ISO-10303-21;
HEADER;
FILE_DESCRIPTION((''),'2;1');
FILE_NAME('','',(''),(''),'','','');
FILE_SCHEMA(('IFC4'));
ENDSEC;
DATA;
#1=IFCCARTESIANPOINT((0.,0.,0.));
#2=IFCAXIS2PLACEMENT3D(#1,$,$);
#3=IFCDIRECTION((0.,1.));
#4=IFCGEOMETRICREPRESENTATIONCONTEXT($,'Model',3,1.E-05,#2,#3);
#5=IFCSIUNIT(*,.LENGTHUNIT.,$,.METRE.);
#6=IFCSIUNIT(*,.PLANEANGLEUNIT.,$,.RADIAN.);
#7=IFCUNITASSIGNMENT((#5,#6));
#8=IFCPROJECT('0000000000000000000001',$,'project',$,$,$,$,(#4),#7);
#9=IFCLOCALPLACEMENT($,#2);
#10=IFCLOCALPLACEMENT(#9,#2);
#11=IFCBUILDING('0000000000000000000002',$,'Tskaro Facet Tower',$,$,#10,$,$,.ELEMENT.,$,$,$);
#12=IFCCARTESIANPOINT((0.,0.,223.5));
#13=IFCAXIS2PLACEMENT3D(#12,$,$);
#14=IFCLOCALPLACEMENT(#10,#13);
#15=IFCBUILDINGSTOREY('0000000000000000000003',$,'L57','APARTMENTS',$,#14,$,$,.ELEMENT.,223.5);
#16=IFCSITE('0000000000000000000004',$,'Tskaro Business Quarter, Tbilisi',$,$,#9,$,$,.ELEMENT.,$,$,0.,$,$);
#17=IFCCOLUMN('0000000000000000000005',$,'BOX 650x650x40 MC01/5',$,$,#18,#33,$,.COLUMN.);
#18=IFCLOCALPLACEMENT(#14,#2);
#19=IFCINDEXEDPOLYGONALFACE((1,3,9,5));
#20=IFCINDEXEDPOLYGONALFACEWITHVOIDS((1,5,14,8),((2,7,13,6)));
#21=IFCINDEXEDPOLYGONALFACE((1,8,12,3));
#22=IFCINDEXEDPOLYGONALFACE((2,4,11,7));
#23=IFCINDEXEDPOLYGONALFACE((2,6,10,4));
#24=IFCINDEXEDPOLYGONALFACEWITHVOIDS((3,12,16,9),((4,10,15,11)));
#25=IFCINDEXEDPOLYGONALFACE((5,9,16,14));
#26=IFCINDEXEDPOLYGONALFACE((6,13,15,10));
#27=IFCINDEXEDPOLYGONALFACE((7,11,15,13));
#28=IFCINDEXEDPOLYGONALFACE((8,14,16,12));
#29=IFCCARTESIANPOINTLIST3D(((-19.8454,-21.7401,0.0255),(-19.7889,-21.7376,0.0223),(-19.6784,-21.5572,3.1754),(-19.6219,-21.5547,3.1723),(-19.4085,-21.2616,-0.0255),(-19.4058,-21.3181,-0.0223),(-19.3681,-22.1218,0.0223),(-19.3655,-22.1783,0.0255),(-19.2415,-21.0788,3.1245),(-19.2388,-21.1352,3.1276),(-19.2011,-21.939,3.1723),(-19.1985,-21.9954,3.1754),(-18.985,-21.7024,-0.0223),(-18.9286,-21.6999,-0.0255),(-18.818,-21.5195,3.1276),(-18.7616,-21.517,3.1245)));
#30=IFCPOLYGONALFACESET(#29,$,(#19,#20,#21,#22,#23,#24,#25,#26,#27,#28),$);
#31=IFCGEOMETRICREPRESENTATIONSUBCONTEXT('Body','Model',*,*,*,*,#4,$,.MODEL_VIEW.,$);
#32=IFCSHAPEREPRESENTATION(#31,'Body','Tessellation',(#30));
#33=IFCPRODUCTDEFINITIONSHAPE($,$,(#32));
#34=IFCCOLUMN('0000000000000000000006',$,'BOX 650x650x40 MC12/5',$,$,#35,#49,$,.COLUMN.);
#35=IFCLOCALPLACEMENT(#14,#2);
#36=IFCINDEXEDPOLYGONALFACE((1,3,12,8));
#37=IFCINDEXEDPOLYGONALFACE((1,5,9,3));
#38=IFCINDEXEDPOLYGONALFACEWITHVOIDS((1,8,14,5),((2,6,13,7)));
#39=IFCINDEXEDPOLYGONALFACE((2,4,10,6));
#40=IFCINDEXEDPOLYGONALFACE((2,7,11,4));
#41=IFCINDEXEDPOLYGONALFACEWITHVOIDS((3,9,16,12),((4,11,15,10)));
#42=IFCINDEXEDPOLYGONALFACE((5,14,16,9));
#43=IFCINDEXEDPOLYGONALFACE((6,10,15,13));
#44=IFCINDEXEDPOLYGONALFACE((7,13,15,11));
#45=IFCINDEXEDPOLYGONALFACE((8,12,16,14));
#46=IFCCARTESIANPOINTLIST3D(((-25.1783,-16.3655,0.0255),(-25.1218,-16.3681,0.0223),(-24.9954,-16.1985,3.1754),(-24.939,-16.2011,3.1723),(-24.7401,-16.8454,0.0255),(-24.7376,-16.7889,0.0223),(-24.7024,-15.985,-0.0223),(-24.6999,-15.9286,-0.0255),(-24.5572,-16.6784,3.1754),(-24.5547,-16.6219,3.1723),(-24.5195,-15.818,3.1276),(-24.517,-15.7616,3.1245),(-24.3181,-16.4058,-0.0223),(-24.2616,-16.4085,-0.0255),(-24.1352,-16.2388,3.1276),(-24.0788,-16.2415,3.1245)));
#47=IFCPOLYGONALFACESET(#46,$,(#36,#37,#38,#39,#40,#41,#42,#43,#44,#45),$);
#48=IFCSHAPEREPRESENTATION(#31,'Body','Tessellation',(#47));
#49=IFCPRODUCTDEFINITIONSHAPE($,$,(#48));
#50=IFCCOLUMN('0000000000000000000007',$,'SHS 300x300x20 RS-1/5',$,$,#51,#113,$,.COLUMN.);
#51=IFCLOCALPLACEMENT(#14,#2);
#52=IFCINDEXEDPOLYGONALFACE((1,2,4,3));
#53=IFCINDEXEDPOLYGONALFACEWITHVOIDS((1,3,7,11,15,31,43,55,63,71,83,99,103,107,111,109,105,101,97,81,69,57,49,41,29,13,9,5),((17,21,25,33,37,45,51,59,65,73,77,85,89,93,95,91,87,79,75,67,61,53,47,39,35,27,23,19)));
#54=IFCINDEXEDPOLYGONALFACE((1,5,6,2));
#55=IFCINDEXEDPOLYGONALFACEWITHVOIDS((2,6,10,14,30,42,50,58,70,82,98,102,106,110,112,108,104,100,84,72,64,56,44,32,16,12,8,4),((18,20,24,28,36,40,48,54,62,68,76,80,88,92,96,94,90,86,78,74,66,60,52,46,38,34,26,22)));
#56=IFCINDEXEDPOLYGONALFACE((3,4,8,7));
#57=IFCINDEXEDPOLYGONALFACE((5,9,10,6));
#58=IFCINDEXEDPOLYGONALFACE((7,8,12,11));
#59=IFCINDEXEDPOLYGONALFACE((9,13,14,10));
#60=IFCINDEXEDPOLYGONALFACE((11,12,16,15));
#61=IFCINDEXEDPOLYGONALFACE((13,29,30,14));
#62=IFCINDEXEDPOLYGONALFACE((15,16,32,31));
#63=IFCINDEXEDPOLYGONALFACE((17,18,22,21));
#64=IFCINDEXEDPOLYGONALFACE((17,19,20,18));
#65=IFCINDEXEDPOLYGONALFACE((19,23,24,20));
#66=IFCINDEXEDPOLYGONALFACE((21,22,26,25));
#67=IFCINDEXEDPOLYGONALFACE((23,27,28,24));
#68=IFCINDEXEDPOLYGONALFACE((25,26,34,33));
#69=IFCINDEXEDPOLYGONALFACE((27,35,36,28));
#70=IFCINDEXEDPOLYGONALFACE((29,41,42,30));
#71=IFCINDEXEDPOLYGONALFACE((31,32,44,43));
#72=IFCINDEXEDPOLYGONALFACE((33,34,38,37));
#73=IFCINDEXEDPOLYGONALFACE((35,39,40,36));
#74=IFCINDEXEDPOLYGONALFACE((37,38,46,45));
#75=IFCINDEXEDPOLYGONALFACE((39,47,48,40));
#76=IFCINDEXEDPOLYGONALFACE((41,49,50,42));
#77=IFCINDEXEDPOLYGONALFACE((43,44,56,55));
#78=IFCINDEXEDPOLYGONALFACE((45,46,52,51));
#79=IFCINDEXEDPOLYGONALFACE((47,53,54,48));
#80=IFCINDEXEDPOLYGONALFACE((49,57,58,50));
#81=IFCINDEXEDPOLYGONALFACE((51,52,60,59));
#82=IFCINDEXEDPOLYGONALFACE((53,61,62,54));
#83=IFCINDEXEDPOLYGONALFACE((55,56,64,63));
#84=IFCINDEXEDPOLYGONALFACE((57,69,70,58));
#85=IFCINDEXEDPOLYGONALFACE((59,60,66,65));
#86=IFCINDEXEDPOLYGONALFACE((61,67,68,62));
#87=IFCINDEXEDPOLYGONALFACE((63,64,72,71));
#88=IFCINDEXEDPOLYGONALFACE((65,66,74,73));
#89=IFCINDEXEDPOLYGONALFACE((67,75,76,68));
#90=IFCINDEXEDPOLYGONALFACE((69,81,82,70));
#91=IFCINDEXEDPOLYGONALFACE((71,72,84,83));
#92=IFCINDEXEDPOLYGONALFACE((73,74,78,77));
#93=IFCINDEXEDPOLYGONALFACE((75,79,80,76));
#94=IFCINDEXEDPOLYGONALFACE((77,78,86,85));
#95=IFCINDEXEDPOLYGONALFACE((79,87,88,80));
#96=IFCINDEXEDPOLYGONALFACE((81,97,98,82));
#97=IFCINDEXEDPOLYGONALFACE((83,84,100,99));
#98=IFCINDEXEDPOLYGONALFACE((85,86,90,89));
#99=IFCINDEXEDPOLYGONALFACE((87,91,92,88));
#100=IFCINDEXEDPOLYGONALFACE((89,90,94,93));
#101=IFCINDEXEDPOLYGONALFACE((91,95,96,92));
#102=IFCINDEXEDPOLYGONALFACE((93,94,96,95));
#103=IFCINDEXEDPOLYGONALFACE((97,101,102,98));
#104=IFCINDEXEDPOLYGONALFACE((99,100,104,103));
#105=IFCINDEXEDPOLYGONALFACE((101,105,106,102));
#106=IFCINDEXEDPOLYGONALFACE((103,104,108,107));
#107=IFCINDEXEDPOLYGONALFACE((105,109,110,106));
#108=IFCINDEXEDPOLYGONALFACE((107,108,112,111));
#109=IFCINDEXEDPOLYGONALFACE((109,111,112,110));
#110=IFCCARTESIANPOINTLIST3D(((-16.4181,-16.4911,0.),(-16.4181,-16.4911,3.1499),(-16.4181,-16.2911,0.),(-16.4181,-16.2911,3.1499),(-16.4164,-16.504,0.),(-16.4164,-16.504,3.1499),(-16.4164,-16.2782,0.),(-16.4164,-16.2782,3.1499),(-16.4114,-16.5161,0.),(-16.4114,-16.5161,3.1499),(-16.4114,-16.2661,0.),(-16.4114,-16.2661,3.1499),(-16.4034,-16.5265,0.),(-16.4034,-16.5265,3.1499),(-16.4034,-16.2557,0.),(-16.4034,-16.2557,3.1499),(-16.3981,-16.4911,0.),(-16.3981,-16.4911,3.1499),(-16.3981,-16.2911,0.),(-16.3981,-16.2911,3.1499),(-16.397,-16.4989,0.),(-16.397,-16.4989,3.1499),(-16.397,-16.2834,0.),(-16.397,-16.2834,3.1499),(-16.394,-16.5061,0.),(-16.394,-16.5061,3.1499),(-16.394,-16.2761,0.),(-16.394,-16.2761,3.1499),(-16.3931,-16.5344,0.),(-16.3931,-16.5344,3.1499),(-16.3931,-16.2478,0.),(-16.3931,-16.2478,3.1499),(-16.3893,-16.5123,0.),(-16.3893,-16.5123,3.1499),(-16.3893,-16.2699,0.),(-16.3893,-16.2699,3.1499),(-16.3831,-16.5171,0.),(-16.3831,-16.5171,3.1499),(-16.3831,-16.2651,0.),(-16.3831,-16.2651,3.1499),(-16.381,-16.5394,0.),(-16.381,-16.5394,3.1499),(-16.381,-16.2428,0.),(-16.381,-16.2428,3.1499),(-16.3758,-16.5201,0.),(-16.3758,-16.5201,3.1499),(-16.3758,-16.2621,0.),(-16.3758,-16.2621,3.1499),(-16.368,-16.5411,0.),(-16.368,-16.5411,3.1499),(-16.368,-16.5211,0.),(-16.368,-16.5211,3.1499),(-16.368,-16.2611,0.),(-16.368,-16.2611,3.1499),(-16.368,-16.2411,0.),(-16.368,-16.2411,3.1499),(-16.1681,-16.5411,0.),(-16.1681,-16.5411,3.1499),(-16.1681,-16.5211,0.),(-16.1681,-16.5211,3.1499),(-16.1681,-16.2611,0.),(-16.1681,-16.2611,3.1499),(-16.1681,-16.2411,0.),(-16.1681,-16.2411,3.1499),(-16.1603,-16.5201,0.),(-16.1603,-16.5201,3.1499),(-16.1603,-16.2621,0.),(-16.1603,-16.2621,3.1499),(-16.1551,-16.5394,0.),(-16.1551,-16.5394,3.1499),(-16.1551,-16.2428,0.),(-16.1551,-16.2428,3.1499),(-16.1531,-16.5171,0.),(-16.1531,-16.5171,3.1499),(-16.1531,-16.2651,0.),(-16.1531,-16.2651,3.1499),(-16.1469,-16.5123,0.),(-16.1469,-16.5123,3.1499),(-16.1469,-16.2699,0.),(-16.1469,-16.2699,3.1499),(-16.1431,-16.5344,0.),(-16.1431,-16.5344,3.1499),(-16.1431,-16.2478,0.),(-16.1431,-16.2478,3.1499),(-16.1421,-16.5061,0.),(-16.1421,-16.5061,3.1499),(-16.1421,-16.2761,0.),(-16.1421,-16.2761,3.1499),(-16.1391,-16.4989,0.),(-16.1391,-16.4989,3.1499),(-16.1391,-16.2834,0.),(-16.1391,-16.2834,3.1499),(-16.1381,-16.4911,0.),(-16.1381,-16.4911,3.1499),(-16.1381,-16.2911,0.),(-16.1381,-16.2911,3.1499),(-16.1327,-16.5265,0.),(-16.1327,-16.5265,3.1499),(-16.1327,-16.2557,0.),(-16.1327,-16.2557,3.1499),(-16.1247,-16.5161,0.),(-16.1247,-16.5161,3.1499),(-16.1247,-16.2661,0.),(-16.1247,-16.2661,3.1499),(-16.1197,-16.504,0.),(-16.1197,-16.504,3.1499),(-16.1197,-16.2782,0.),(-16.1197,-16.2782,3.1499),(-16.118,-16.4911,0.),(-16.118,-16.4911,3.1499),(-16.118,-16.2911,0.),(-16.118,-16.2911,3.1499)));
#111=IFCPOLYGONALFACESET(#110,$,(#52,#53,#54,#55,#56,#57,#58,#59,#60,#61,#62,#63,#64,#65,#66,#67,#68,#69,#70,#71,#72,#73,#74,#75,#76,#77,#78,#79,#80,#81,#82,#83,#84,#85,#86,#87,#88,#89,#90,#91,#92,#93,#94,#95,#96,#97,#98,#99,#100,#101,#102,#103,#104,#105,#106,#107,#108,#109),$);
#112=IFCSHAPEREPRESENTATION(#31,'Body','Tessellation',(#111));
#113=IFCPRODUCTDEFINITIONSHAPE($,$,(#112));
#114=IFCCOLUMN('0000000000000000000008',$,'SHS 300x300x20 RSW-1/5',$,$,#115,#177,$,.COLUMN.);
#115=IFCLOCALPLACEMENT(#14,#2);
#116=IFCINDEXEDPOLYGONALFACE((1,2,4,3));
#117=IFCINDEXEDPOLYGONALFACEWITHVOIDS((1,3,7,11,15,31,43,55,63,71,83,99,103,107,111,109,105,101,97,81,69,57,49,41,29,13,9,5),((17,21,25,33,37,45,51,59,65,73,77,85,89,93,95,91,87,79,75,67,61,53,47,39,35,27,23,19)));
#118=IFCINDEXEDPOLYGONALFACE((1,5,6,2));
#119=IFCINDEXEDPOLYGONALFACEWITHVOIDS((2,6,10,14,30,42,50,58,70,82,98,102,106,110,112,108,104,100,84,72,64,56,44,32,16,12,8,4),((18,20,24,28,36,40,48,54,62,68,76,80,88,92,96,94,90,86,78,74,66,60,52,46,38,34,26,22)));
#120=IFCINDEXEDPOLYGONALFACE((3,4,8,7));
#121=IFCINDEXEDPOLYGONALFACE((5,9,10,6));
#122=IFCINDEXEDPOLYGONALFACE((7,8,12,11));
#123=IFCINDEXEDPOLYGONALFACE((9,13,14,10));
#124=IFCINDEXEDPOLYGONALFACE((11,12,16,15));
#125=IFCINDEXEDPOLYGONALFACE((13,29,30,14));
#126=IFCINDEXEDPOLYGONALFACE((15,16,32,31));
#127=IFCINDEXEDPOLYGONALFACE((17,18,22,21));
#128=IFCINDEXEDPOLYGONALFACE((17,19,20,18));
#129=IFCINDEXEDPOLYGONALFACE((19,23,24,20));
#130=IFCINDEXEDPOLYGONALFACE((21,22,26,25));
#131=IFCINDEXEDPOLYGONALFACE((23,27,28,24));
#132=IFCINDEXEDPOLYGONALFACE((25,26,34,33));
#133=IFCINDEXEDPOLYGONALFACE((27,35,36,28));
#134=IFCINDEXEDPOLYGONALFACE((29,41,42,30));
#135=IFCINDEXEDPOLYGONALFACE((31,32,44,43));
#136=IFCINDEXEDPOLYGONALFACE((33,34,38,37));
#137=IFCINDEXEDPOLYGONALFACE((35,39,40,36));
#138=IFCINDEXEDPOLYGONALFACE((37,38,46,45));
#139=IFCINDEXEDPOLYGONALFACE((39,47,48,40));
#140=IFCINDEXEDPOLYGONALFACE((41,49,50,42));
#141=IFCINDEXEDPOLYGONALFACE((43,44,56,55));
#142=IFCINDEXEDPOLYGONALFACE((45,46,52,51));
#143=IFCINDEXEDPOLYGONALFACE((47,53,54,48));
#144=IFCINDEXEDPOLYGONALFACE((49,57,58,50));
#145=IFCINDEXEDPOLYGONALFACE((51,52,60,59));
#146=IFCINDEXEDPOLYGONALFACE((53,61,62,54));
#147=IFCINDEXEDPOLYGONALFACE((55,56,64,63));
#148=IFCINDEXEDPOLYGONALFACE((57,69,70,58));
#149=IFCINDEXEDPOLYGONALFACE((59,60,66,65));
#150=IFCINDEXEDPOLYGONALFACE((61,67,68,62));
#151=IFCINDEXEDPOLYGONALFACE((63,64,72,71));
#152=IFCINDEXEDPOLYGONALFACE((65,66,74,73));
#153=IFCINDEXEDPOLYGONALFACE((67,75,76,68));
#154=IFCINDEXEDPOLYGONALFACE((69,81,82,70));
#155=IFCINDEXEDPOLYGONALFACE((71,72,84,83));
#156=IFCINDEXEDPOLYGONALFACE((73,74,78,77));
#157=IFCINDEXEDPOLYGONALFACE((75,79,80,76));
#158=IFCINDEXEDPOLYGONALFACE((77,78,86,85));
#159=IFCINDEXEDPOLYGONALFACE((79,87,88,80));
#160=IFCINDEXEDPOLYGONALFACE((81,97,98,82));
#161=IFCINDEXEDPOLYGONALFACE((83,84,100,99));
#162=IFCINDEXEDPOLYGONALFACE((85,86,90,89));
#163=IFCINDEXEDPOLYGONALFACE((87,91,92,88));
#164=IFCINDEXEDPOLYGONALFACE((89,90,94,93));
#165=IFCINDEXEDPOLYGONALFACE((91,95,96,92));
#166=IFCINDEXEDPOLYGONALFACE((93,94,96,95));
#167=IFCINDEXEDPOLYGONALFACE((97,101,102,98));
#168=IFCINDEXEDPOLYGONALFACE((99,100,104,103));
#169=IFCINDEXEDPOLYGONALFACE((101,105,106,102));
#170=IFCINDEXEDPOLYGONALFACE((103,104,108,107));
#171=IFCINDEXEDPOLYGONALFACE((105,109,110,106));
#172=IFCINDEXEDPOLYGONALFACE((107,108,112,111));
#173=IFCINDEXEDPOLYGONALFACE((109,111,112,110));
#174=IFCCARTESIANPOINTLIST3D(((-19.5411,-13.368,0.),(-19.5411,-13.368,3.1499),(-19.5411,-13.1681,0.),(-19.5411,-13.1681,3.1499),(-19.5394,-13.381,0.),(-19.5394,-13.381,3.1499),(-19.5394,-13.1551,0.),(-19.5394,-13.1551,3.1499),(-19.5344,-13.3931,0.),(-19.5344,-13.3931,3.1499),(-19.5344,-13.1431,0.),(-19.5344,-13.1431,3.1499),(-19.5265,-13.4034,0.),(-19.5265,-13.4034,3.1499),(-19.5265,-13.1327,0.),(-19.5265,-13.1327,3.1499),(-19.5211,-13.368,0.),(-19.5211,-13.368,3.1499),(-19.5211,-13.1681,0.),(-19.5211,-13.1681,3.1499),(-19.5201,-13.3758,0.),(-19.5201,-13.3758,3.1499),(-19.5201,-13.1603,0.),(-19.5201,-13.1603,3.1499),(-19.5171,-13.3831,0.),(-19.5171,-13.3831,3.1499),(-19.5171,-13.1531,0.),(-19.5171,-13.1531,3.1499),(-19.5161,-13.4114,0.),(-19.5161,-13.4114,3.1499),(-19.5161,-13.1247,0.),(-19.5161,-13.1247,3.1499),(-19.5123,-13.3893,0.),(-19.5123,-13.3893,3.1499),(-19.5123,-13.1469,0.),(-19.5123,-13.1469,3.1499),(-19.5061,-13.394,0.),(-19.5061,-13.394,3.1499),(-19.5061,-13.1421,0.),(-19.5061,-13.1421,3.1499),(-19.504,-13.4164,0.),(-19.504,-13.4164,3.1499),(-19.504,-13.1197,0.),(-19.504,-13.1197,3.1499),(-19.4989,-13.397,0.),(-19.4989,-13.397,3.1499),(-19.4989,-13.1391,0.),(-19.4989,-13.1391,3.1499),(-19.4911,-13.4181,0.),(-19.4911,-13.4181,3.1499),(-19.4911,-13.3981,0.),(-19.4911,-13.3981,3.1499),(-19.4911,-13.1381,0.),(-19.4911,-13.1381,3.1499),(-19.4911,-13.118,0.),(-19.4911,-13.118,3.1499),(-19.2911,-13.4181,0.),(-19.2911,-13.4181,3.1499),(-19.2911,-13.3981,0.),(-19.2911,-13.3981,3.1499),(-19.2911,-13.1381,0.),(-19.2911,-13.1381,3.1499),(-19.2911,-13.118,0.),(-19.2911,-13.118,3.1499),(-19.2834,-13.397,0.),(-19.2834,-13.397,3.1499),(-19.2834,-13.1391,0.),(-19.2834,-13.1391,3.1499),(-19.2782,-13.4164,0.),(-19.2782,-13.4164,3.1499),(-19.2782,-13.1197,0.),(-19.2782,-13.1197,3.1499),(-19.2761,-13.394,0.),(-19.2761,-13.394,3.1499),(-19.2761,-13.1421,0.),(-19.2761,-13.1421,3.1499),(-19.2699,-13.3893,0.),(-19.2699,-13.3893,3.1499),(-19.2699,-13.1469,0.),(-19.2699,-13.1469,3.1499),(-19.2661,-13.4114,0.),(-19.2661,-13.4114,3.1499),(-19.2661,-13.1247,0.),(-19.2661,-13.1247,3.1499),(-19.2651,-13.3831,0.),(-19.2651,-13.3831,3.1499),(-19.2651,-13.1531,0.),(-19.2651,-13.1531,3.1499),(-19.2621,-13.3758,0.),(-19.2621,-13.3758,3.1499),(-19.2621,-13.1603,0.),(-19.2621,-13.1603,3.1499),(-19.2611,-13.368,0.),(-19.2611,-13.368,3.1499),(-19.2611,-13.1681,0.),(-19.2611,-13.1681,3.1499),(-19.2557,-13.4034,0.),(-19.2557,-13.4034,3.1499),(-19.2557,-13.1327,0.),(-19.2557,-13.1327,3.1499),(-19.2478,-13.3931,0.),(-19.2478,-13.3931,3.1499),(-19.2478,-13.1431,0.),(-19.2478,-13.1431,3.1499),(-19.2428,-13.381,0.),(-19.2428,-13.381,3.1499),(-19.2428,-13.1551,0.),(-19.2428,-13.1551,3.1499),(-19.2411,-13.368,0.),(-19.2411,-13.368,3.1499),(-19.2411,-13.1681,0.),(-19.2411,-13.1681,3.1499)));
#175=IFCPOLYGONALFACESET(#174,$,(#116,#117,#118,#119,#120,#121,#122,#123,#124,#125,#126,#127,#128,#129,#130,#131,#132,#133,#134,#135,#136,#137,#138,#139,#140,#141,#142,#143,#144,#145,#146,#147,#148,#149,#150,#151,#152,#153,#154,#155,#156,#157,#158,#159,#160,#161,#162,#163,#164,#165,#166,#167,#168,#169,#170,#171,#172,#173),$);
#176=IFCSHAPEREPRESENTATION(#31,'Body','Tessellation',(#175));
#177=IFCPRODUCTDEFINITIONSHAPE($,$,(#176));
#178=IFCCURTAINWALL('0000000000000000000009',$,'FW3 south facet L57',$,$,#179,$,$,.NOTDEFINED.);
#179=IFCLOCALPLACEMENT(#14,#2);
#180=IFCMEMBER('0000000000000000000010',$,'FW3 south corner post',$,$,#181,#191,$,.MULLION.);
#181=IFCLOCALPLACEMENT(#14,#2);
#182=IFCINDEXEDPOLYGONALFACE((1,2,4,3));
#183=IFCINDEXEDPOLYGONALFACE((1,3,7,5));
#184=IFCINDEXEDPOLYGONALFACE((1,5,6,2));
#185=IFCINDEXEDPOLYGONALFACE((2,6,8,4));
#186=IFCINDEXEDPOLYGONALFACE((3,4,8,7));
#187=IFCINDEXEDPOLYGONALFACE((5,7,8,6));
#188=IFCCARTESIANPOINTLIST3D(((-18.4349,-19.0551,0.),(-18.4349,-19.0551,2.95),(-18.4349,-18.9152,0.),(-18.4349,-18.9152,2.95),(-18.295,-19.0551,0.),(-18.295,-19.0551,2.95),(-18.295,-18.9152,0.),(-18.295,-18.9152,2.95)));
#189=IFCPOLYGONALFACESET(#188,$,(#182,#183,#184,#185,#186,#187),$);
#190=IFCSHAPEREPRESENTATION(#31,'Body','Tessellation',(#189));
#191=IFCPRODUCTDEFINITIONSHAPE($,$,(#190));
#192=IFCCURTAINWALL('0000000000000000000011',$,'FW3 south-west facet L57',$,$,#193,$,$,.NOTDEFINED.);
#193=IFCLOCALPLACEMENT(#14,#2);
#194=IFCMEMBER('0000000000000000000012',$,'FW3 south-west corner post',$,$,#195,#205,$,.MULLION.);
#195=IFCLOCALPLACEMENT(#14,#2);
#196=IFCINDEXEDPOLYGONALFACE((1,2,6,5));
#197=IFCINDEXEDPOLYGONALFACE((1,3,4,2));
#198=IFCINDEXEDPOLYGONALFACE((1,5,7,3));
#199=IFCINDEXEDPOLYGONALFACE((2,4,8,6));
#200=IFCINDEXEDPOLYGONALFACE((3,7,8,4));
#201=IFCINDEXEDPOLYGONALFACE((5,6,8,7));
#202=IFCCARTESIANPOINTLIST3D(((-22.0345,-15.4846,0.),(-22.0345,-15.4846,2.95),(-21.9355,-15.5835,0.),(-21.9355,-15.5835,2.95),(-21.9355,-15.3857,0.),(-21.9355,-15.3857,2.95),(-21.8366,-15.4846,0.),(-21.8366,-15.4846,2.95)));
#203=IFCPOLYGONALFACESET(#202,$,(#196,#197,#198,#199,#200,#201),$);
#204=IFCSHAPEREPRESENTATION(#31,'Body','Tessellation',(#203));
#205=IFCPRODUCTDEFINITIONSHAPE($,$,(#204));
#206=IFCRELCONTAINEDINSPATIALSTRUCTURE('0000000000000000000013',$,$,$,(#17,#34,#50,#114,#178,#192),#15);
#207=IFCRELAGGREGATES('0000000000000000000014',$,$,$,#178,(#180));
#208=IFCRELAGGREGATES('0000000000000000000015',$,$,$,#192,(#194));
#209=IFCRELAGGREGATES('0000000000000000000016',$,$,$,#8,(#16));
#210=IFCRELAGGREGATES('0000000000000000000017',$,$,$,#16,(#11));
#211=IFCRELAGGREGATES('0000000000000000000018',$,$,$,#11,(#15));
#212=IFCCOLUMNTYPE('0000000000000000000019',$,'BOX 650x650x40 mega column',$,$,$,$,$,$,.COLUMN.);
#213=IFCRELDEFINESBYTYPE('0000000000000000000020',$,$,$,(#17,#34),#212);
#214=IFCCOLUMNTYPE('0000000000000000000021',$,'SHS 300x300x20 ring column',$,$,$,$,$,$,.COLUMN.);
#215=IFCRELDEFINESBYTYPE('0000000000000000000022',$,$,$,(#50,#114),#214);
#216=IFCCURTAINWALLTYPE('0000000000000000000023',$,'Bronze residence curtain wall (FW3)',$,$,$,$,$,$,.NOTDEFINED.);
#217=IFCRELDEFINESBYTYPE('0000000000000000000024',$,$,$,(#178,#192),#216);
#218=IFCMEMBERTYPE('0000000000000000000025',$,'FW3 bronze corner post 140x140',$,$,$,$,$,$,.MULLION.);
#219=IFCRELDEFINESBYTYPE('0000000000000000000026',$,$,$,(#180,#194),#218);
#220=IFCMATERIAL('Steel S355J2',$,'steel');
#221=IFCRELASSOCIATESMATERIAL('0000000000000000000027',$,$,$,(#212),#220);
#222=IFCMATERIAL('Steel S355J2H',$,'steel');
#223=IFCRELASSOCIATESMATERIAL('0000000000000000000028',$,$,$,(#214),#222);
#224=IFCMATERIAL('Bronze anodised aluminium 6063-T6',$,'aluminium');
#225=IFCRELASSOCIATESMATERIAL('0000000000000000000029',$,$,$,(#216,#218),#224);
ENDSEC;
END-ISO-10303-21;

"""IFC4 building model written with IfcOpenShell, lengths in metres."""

from ifc_helpers import new_model, si_unit, direction, frame, origin, origin_2d, place, context, subcontext, project, spatial, rectangle, hollow_rectangle, extrude, material, material_profile, profile_set, type_object, element, aggregate, save


model = new_model("IFC4")

# Units and contexts
model_context = context("Model", 3, precision=1e-05, world=origin(), true_north=direction((0.0, 1.0)))
body_context = subcontext(model_context, "Body", "Model", "MODEL_VIEW")
ifc_project = project(units=[si_unit("LENGTHUNIT", "METRE"), si_unit("PLANEANGLEUNIT", "RADIAN")], contexts=[model_context])

# Site, building, storey
site_placement = place(None, origin())
site = spatial("IfcSite", under=ifc_project, at=site_placement, Name="Tskaro Business Quarter, Tbilisi", CompositionType="ELEMENT", RefElevation=0.0)
building_placement = place(site_placement, origin())
building = spatial("IfcBuilding", under=site, at=building_placement, Name="Tskaro Facet Tower", CompositionType="ELEMENT")
storey_placement = place(building_placement, frame((0.0, 0.0, 223.5)))
storey = spatial("IfcBuildingStorey", under=building, at=storey_placement, Name="L57", Description="APARTMENTS", CompositionType="ELEMENT", Elevation=223.5)

# Columns
ifc_material_1 = material(Name="Steel S355J2", Category="steel")
ifc_material_profile_1 = material_profile(ifc_material_1, hollow_rectangle(XDim=0.6499, YDim=0.6499, WallThickness=0.04, at=origin_2d()), Name="BOX 650x650x40")
ifc_profile_set_1 = profile_set([ifc_material_profile_1], Name="Steel S355J2")
column_type_1 = type_object("IfcColumnType", Name="BOX 650x650x40 mega column", PredefinedType="COLUMN", material=ifc_profile_set_1)
for number, where, z_axis, x_axis, name in (
    (1, (-19.387, -21.72, 0.0), (0.052852, 0.057874, 0.996924), (-0.738421, 0.674339, 0.0), "BOX 650x650x40 MC01/5"),
    (2, (-24.72, -16.387, 0.0), (0.057874, 0.052852, 0.996924), (-0.674339, 0.738421, 0.0), "BOX 650x650x40 MC12/5"),
):
    element("IfcColumn", number, at=place(storey_placement, frame(where, z_axis=z_axis, x_axis=x_axis)), inside=storey, type_object=column_type_1, Name=name, PredefinedType="COLUMN", context=body_context, shape_type="SweptSolid", body=[
        extrude(hollow_rectangle(XDim=0.6499, YDim=0.6499, WallThickness=0.04, at=origin_2d()), origin(), (0.0, 0.0, 1.0), 3.1597),
    ])
ifc_material_2 = material(Name="Steel S355J2H", Category="steel")
ifc_material_profile_2 = material_profile(ifc_material_2, hollow_rectangle(XDim=0.3, YDim=0.3, WallThickness=0.02, InnerFilletRadius=0.03, OuterFilletRadius=0.05, at=origin_2d()), Name="SHS 300x300x20")
ifc_profile_set_2 = profile_set([ifc_material_profile_2], Name="Steel S355J2H")
column_type_2 = type_object("IfcColumnType", Name="SHS 300x300x20 ring column", PredefinedType="COLUMN", material=ifc_profile_set_2)
for number, where, z_axis, x_axis, name in (
    (3, (-16.2681, -16.3911, 0.0), (0.0, 0.0, 1.0), (1.0, 0.0, 0.0), "SHS 300x300x20 RS-1/5"),
    (4, (-19.3911, -13.2681, 0.0), (0.0, 0.0, 1.0), (1.0, 0.0, 0.0), "SHS 300x300x20 RSW-1/5"),
):
    element("IfcColumn", number, at=place(storey_placement, frame(where, z_axis=z_axis, x_axis=x_axis)), inside=storey, type_object=column_type_2, Name=name, PredefinedType="COLUMN", context=body_context, shape_type="SweptSolid", body=[
        extrude(hollow_rectangle(XDim=0.3, YDim=0.3, WallThickness=0.02, InnerFilletRadius=0.03, OuterFilletRadius=0.05, at=origin_2d()), origin(), (0.0, 0.0, 1.0), 3.1499),
    ])

# Curtain walls, members
ifc_material_3 = material(Name="Bronze anodised aluminium 6063-T6", Category="aluminium")
curtain_wall_type = type_object("IfcCurtainWallType", Name="Bronze residence curtain wall (FW3)", PredefinedType="NOTDEFINED", material=ifc_material_3)
curtain_wall_1_placement = place(storey_placement, origin())
curtain_wall_1 = element("IfcCurtainWall", 5, at=curtain_wall_1_placement, inside=storey, type_object=curtain_wall_type, Name="FW3 south facet L57", PredefinedType="NOTDEFINED")
ifc_material_profile_3 = material_profile(ifc_material_3, rectangle(XDim=0.1399, YDim=0.1399, at=origin_2d()), Name="Corner post 140x140")
ifc_profile_set_3 = profile_set([ifc_material_profile_3], Name="Bronze anodised aluminium 6063-T6")
member_type_1 = type_object("IfcMemberType", Name="FW3 bronze corner post 140x140", PredefinedType="MULLION", material=ifc_profile_set_3)
member_1_placement = place(storey_placement, frame((-18.365, -18.9851, 0.0), z_axis=(0.0, 0.0, 1.0), x_axis=(1.0, 0.0, 0.0)))
member_1 = element("IfcMember", 6, at=member_1_placement, type_object=member_type_1, Name="FW3 south corner post", PredefinedType="MULLION", context=body_context, shape_type="SweptSolid", body=[
    extrude(rectangle(XDim=0.1399, YDim=0.1399, at=origin_2d()), origin(), (0.0, 0.0, 1.0), 2.95),
])
curtain_wall_2_placement = place(storey_placement, origin())
curtain_wall_2 = element("IfcCurtainWall", 7, at=curtain_wall_2_placement, inside=storey, type_object=curtain_wall_type, Name="FW3 south-west facet L57", PredefinedType="NOTDEFINED")
member_2_placement = place(storey_placement, frame((-21.9355, -15.4846, 0.0), z_axis=(0.0, 0.0, 1.0), x_axis=(0.707107, -0.707107, 0.0)))
member_2 = element("IfcMember", 8, at=member_2_placement, type_object=member_type_1, Name="FW3 south-west corner post", PredefinedType="MULLION", context=body_context, shape_type="SweptSolid", body=[
    extrude(rectangle(XDim=0.1399, YDim=0.1399, at=origin_2d()), origin(), (0.0, 0.0, 1.0), 2.95),
])

aggregate(curtain_wall_1, [member_1])

aggregate(curtain_wall_2, [member_2])

save(model, "model.ifc")
